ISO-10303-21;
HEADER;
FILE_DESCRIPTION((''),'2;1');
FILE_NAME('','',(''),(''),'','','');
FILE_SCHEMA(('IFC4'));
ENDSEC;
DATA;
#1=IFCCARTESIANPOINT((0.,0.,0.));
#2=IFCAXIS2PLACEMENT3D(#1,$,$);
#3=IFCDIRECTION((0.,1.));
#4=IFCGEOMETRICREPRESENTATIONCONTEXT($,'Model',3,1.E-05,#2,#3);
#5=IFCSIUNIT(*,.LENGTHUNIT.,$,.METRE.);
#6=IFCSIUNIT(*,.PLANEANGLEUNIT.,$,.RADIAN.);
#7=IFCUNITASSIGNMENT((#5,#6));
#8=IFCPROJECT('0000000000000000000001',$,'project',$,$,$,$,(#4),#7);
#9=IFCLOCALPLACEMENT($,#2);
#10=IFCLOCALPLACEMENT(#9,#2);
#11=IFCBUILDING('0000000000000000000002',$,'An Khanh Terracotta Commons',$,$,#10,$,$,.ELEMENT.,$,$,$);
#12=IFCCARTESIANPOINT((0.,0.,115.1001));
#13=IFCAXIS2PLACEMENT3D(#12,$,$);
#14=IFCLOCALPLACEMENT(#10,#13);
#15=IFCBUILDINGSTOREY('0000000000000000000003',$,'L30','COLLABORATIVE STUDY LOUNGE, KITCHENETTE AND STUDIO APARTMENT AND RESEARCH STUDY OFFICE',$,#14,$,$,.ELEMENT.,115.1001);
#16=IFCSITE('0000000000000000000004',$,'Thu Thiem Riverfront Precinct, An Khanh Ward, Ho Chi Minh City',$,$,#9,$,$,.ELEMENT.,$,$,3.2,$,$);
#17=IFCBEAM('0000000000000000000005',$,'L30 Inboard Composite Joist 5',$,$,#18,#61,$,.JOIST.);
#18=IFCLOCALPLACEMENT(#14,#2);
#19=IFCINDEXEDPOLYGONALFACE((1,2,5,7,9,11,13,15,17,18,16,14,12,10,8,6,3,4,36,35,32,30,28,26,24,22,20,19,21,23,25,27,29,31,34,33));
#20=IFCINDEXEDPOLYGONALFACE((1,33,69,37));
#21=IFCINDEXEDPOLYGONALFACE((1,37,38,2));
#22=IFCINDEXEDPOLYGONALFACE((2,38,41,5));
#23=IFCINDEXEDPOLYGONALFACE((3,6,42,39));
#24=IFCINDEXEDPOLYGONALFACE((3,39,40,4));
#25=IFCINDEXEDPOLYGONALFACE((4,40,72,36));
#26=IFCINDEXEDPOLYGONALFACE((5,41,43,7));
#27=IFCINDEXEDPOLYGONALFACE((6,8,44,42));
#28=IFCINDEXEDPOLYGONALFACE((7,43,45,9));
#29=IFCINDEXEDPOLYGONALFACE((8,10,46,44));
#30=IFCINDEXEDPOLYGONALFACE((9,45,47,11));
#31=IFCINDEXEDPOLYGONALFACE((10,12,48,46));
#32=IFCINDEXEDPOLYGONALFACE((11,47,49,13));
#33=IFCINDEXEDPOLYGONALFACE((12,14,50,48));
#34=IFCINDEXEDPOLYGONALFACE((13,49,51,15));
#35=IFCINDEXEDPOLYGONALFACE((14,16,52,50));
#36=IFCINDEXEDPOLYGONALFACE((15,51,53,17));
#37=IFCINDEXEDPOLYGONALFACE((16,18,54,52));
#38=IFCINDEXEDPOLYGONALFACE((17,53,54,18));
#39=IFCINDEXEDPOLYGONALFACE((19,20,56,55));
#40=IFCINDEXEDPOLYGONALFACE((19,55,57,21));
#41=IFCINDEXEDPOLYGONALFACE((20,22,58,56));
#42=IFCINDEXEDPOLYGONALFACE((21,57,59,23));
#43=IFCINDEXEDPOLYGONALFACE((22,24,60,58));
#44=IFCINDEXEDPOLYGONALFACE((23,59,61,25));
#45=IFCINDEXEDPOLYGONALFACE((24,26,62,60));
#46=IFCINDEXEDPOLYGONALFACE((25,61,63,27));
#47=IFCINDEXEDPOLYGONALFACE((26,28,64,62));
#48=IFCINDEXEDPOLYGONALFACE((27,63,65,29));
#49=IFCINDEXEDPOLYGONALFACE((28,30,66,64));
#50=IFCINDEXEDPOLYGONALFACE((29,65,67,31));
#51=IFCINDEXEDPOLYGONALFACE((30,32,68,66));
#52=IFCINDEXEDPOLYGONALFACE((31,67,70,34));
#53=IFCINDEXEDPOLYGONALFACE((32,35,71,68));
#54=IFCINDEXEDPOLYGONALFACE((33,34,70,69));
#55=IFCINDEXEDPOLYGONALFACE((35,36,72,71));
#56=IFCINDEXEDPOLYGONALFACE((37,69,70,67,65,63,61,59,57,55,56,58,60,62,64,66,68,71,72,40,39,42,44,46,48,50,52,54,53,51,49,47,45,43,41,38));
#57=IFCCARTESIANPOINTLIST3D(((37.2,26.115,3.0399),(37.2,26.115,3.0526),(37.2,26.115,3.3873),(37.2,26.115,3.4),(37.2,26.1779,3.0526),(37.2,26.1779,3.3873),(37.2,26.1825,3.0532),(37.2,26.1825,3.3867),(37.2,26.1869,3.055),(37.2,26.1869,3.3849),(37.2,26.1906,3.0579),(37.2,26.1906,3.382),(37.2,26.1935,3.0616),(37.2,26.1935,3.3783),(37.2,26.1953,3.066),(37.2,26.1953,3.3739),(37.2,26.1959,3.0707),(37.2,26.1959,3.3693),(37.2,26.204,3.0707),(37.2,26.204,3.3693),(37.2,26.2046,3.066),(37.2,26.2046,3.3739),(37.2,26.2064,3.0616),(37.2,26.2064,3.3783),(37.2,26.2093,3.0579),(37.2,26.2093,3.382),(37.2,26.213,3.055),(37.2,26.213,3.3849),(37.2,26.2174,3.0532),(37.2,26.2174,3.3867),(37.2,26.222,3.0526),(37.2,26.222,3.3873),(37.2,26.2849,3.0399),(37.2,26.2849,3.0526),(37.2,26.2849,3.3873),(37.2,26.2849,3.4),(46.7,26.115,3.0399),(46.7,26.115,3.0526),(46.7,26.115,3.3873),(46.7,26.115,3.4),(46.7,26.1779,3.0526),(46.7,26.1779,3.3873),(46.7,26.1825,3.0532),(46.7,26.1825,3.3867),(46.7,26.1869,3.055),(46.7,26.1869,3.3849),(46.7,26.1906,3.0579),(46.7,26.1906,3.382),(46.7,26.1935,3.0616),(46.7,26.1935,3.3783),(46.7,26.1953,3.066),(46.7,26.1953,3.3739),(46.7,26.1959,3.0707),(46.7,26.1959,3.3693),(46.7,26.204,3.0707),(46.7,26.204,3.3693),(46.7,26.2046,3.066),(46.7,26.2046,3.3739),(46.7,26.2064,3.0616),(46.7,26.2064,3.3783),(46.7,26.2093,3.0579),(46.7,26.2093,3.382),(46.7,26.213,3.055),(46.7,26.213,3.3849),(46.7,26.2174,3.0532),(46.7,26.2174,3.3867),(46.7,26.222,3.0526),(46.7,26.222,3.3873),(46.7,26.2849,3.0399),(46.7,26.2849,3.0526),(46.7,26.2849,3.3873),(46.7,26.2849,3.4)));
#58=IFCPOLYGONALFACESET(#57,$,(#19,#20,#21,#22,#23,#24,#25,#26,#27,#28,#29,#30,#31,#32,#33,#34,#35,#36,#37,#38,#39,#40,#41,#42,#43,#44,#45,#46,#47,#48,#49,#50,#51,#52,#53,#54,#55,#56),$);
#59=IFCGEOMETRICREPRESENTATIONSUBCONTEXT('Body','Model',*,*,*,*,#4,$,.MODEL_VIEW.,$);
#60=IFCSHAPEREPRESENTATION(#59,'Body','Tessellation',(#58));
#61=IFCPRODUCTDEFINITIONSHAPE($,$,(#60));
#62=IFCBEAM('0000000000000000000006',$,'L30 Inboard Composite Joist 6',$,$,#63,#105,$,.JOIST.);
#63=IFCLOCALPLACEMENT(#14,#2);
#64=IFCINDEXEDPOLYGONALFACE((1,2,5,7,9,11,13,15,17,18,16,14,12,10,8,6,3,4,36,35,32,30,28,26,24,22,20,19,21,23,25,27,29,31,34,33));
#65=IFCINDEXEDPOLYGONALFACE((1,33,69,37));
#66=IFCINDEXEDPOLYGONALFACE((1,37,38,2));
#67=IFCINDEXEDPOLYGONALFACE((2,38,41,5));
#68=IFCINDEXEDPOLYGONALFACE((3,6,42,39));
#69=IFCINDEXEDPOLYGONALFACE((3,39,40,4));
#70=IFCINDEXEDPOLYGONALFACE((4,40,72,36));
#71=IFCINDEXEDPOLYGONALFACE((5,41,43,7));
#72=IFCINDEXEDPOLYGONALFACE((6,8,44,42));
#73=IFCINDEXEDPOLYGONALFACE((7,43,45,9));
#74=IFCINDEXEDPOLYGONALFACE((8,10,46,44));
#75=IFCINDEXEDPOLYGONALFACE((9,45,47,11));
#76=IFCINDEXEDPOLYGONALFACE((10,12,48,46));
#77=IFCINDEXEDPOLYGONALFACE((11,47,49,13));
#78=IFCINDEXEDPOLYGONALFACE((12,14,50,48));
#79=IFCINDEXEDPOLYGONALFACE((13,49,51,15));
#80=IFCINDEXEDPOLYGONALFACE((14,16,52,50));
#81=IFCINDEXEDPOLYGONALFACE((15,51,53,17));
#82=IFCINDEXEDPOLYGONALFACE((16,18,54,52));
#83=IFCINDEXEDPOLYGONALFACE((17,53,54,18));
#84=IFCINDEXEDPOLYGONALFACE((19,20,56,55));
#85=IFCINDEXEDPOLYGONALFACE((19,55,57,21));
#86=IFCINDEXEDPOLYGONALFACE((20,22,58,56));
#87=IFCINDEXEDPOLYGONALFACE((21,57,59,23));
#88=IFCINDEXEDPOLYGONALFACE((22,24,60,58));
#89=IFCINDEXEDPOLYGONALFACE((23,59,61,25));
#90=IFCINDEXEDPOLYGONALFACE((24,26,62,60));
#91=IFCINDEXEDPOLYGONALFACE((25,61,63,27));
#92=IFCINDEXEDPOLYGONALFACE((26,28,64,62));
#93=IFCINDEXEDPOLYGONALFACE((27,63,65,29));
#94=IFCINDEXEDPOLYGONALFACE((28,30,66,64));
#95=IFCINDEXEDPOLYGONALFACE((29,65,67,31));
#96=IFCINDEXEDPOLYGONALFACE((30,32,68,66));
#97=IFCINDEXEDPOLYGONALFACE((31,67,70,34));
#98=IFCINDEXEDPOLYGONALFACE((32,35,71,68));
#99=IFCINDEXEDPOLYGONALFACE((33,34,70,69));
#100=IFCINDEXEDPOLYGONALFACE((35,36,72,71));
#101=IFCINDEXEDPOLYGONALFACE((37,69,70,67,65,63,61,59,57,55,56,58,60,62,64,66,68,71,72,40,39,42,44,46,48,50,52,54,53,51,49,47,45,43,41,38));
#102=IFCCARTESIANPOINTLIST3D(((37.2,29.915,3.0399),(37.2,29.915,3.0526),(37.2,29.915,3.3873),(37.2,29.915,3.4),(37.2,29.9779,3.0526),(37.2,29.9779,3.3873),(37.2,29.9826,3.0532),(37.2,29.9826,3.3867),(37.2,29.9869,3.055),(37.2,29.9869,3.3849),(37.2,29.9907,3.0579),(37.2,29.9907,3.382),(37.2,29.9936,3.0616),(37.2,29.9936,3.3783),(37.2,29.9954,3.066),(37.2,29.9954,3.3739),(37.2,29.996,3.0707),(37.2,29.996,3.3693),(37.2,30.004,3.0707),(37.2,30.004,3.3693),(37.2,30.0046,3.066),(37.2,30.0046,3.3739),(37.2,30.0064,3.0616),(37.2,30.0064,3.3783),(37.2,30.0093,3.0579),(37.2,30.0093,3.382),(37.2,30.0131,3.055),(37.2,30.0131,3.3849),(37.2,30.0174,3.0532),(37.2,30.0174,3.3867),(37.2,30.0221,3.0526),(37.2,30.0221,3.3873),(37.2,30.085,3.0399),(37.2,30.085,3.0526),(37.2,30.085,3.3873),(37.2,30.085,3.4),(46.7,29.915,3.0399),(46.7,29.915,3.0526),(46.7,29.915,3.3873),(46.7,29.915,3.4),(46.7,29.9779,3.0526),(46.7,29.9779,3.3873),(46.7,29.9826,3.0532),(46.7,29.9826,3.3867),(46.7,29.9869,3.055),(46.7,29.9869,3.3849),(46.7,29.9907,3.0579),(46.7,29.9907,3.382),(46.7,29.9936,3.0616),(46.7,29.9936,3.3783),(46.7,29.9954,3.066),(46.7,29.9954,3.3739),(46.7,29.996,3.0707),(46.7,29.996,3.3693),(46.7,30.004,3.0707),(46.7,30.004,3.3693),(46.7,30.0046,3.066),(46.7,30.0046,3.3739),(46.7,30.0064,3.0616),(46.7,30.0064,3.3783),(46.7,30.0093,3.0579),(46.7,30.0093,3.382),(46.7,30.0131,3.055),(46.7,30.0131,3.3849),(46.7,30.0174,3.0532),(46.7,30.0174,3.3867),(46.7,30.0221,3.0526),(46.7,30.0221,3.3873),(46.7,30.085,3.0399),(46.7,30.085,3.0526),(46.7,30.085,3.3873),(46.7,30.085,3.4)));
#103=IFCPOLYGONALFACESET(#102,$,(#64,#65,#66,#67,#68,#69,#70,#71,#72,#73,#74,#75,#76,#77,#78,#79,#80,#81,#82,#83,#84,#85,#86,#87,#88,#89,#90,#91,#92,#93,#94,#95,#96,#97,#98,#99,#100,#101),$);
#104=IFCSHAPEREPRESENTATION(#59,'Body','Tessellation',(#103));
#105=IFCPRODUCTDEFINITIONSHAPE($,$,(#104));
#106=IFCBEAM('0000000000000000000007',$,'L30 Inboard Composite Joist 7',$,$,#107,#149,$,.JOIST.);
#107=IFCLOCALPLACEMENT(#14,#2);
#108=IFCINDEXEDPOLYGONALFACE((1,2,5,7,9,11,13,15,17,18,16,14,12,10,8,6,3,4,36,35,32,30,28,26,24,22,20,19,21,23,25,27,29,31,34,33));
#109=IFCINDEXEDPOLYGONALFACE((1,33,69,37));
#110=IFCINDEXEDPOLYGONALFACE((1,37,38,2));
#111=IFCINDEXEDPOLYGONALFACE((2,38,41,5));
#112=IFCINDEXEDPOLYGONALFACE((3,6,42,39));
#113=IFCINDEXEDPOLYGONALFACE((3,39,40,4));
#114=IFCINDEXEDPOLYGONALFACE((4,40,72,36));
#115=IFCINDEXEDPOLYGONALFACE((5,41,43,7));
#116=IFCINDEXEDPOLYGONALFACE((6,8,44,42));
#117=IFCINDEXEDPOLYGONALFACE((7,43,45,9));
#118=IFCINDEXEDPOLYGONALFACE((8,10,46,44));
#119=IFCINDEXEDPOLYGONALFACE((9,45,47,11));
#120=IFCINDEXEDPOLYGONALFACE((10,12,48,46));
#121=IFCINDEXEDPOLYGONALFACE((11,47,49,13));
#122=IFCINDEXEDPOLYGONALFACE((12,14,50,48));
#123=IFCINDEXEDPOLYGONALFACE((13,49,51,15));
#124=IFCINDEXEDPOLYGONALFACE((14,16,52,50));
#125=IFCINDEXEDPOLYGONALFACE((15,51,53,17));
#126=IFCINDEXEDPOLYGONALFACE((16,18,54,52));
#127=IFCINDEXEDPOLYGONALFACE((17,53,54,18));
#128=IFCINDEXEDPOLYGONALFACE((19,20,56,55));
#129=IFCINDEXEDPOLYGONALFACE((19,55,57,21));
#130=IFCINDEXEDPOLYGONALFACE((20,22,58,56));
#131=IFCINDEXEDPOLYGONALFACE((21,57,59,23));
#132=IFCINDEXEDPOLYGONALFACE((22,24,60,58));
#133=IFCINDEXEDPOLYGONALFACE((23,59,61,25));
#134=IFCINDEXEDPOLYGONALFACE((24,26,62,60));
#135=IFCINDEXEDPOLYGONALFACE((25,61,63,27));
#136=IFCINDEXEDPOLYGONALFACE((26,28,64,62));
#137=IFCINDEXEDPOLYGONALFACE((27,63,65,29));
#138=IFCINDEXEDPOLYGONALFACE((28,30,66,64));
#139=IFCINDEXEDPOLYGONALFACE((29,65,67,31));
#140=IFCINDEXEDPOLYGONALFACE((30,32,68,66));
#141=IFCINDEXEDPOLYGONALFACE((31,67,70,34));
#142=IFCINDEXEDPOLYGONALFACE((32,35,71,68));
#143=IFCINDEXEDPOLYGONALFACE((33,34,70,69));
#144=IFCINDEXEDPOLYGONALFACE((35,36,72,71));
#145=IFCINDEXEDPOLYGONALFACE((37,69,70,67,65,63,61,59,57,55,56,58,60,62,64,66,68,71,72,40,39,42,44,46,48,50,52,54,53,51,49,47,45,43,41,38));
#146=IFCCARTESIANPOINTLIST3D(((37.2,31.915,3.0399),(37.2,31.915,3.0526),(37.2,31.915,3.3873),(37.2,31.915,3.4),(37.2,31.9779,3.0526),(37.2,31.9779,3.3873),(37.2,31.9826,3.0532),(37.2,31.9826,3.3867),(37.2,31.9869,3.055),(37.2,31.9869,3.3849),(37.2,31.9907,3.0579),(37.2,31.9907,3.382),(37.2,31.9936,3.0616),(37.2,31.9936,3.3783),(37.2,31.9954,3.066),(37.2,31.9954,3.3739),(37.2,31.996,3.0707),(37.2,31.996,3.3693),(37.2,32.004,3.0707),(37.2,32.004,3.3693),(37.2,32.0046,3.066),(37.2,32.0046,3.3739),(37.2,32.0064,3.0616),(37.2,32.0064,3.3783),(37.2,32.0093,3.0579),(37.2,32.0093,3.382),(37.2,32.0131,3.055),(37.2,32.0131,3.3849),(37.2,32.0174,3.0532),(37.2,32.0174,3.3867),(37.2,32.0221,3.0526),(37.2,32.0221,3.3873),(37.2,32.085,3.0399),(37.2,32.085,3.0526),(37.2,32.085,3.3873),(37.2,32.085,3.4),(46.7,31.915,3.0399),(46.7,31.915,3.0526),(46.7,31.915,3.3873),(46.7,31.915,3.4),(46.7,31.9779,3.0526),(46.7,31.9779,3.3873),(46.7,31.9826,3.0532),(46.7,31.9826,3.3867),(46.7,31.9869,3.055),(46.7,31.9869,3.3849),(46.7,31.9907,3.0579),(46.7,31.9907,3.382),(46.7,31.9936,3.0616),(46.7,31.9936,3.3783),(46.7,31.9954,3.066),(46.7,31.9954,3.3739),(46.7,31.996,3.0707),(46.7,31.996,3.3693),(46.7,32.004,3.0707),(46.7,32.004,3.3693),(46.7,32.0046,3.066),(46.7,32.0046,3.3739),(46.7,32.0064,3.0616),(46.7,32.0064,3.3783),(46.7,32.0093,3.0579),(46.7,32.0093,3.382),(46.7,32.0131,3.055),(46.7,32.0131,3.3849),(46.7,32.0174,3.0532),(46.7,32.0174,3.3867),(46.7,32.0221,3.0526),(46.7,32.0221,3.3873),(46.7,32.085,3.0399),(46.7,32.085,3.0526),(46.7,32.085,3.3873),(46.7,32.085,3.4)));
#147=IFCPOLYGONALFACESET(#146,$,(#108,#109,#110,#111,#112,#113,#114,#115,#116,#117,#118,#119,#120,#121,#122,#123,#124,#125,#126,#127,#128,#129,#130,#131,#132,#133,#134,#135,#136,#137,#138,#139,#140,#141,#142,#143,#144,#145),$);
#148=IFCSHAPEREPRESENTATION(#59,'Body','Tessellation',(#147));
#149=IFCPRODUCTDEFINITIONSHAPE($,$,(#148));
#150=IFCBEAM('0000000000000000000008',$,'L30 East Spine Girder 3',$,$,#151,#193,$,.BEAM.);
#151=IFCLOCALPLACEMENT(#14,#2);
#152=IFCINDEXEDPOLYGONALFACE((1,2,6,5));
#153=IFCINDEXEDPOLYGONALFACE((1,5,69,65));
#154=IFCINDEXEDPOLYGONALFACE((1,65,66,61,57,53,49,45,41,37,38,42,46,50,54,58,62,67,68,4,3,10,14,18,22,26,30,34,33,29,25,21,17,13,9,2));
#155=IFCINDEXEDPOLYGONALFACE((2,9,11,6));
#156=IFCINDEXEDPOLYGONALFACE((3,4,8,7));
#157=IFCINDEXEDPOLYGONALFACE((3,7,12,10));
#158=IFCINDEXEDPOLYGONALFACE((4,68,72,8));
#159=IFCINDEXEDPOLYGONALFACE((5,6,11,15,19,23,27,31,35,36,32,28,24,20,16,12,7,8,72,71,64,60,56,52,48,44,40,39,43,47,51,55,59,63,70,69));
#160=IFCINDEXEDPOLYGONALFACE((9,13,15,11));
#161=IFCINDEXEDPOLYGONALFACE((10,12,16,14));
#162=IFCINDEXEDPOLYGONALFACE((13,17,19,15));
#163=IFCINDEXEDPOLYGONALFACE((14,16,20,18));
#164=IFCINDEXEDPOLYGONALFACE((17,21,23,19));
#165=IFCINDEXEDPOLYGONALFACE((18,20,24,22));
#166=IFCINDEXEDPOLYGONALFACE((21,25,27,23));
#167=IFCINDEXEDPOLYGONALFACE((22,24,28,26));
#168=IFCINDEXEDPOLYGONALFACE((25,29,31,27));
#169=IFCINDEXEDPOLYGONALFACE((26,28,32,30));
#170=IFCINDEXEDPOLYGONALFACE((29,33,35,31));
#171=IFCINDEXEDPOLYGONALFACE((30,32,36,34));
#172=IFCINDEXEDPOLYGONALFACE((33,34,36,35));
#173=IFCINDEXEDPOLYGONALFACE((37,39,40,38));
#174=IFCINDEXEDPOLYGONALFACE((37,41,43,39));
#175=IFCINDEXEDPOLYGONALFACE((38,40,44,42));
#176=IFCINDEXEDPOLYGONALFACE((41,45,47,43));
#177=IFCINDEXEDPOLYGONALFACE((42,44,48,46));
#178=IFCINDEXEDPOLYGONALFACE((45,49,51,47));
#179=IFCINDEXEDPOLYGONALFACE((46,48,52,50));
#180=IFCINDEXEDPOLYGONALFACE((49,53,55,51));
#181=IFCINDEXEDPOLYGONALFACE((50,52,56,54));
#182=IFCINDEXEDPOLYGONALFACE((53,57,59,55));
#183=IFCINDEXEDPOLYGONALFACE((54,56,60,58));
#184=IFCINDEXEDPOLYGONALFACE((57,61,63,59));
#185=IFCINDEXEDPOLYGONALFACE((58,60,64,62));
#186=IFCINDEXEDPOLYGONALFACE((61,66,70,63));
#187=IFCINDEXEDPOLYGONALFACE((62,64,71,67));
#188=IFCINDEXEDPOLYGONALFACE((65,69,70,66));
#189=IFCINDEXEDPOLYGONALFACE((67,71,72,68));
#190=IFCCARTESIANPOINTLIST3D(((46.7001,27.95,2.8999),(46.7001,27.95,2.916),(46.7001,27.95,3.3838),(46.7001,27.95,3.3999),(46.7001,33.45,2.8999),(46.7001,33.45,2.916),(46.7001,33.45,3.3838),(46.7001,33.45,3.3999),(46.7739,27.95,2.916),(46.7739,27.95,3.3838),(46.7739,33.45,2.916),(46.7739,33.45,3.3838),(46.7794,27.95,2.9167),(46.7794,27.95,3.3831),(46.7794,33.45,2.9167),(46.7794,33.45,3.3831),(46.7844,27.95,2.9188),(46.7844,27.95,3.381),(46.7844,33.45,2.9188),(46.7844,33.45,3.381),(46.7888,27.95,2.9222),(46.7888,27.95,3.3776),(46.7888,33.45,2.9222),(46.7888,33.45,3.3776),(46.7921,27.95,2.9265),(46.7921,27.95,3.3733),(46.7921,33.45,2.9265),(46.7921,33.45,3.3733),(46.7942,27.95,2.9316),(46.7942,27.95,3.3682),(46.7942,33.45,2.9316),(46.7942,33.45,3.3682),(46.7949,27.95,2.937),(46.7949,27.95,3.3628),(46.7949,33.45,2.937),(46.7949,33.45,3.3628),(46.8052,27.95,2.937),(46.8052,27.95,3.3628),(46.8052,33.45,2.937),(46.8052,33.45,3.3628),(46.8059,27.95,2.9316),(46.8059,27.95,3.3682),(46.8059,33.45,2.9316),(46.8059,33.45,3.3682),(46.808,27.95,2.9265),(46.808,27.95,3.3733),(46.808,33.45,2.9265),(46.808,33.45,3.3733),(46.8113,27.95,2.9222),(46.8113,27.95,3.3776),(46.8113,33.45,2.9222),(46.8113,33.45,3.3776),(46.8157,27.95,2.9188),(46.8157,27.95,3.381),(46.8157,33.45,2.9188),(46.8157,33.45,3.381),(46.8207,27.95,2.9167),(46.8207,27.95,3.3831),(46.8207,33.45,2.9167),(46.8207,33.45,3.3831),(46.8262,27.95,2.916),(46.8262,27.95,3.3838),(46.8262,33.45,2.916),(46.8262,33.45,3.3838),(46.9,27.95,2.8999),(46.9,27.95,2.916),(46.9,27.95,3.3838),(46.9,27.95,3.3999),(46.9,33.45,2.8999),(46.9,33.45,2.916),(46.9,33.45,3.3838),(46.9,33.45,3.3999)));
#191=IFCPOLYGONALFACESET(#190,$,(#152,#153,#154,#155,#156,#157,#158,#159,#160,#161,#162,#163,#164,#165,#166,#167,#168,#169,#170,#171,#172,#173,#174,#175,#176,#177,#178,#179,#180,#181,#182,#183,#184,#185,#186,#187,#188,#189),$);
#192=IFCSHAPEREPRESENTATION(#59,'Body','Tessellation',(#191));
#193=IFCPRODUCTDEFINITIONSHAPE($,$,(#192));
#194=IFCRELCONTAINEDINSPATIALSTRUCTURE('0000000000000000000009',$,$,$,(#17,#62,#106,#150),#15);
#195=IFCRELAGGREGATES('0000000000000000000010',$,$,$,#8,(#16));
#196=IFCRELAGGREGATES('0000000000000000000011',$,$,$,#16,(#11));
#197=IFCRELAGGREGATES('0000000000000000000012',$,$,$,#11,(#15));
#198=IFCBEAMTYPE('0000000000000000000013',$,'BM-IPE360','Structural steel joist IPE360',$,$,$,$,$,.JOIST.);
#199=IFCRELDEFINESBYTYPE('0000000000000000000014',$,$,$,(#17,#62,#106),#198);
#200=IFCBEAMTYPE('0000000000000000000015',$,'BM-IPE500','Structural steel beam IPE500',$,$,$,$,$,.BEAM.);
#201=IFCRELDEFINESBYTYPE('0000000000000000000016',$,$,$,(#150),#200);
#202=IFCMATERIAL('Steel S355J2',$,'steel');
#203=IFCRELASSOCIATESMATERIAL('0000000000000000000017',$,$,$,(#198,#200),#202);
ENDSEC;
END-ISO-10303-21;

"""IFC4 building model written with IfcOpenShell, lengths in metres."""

from ifc_helpers import new_model, si_unit, direction, frame, origin, origin_2d, place, context, subcontext, project, spatial, i_section, extrude, material, material_profile, profile_set, type_object, element, save


model = new_model("IFC4")

# Units and contexts
model_context = context("Model", 3, precision=1e-05, world=origin(), true_north=direction((0.0, 1.0)))
body_context = subcontext(model_context, "Body", "Model", "MODEL_VIEW")
ifc_project = project(units=[si_unit("LENGTHUNIT", "METRE"), si_unit("PLANEANGLEUNIT", "RADIAN")], contexts=[model_context])

# Site, building, storey
site_placement = place(None, origin())
site = spatial("IfcSite", under=ifc_project, at=site_placement, Name="Thu Thiem Riverfront Precinct, An Khanh Ward, Ho Chi Minh City", CompositionType="ELEMENT", RefElevation=3.2)
building_placement = place(site_placement, origin())
building = spatial("IfcBuilding", under=site, at=building_placement, Name="An Khanh Terracotta Commons", CompositionType="ELEMENT")
storey_placement = place(building_placement, frame((0.0, 0.0, 115.1001)))
storey = spatial("IfcBuildingStorey", under=building, at=storey_placement, Name="L30", Description="COLLABORATIVE STUDY LOUNGE, KITCHENETTE AND STUDIO APARTMENT AND RESEARCH STUDY OFFICE", CompositionType="ELEMENT", Elevation=115.1001)

# Beams
ifc_material_1 = material(Name="Steel S355J2", Category="steel")
ifc_material_profile_1 = material_profile(ifc_material_1, i_section(OverallWidth=0.1699, OverallDepth=0.3601, WebThickness=0.0081, FlangeThickness=0.0127, FilletRadius=0.0181, at=origin_2d()), Name="IPE360")
ifc_profile_set_1 = profile_set([ifc_material_profile_1], Name="Steel S355J2")
beam_type_1 = type_object("IfcBeamType", Name="BM-IPE360", Description="Structural steel joist IPE360", PredefinedType="JOIST", material=ifc_profile_set_1)
for number, where, z_axis, x_axis, name in (
    (1, (37.2, 26.2, 3.22), (1.0, 0.0, 0.0), (0.0, 1.0, 0.0), "L30 Inboard Composite Joist 5"),
    (2, (37.2, 30.0, 3.22), (1.0, 0.0, 0.0), (0.0, 1.0, 0.0), "L30 Inboard Composite Joist 6"),
    (3, (37.2, 32.0, 3.22), (1.0, 0.0, 0.0), (0.0, 1.0, 0.0), "L30 Inboard Composite Joist 7"),
):
    element("IfcBeam", number, at=place(storey_placement, frame(where, z_axis=z_axis, x_axis=x_axis)), inside=storey, type_object=beam_type_1, Name=name, PredefinedType="JOIST", context=body_context, shape_type="SweptSolid", body=[
        extrude(i_section(OverallWidth=0.1699, OverallDepth=0.3601, WebThickness=0.0081, FlangeThickness=0.0127, FilletRadius=0.0181, at=origin_2d()), origin(), (0.0, 0.0, 1.0), 9.5),
    ])
ifc_material_profile_2 = material_profile(ifc_material_1, i_section(OverallWidth=0.2, OverallDepth=0.5, WebThickness=0.0103, FlangeThickness=0.0161, FilletRadius=0.021, at=origin_2d()), Name="IPE500")
ifc_profile_set_2 = profile_set([ifc_material_profile_2], Name="Steel S355J2")
beam_type_2 = type_object("IfcBeamType", Name="BM-IPE500", Description="Structural steel beam IPE500", PredefinedType="BEAM", material=ifc_profile_set_2)
beam_1_placement = place(storey_placement, frame((46.8, 27.95, 3.1499), z_axis=(0.0, 1.0, 0.0), x_axis=(-1.0, 0.0, 0.0)))
element("IfcBeam", 4, at=beam_1_placement, inside=storey, type_object=beam_type_2, Name="L30 East Spine Girder 3", PredefinedType="BEAM", context=body_context, shape_type="SweptSolid", body=[
    extrude(i_section(OverallWidth=0.2, OverallDepth=0.5, WebThickness=0.0103, FlangeThickness=0.0161, FilletRadius=0.021, at=origin_2d()), origin(), (0.0, 0.0, 1.0), 5.5),
])

save(model, "model.ifc")
